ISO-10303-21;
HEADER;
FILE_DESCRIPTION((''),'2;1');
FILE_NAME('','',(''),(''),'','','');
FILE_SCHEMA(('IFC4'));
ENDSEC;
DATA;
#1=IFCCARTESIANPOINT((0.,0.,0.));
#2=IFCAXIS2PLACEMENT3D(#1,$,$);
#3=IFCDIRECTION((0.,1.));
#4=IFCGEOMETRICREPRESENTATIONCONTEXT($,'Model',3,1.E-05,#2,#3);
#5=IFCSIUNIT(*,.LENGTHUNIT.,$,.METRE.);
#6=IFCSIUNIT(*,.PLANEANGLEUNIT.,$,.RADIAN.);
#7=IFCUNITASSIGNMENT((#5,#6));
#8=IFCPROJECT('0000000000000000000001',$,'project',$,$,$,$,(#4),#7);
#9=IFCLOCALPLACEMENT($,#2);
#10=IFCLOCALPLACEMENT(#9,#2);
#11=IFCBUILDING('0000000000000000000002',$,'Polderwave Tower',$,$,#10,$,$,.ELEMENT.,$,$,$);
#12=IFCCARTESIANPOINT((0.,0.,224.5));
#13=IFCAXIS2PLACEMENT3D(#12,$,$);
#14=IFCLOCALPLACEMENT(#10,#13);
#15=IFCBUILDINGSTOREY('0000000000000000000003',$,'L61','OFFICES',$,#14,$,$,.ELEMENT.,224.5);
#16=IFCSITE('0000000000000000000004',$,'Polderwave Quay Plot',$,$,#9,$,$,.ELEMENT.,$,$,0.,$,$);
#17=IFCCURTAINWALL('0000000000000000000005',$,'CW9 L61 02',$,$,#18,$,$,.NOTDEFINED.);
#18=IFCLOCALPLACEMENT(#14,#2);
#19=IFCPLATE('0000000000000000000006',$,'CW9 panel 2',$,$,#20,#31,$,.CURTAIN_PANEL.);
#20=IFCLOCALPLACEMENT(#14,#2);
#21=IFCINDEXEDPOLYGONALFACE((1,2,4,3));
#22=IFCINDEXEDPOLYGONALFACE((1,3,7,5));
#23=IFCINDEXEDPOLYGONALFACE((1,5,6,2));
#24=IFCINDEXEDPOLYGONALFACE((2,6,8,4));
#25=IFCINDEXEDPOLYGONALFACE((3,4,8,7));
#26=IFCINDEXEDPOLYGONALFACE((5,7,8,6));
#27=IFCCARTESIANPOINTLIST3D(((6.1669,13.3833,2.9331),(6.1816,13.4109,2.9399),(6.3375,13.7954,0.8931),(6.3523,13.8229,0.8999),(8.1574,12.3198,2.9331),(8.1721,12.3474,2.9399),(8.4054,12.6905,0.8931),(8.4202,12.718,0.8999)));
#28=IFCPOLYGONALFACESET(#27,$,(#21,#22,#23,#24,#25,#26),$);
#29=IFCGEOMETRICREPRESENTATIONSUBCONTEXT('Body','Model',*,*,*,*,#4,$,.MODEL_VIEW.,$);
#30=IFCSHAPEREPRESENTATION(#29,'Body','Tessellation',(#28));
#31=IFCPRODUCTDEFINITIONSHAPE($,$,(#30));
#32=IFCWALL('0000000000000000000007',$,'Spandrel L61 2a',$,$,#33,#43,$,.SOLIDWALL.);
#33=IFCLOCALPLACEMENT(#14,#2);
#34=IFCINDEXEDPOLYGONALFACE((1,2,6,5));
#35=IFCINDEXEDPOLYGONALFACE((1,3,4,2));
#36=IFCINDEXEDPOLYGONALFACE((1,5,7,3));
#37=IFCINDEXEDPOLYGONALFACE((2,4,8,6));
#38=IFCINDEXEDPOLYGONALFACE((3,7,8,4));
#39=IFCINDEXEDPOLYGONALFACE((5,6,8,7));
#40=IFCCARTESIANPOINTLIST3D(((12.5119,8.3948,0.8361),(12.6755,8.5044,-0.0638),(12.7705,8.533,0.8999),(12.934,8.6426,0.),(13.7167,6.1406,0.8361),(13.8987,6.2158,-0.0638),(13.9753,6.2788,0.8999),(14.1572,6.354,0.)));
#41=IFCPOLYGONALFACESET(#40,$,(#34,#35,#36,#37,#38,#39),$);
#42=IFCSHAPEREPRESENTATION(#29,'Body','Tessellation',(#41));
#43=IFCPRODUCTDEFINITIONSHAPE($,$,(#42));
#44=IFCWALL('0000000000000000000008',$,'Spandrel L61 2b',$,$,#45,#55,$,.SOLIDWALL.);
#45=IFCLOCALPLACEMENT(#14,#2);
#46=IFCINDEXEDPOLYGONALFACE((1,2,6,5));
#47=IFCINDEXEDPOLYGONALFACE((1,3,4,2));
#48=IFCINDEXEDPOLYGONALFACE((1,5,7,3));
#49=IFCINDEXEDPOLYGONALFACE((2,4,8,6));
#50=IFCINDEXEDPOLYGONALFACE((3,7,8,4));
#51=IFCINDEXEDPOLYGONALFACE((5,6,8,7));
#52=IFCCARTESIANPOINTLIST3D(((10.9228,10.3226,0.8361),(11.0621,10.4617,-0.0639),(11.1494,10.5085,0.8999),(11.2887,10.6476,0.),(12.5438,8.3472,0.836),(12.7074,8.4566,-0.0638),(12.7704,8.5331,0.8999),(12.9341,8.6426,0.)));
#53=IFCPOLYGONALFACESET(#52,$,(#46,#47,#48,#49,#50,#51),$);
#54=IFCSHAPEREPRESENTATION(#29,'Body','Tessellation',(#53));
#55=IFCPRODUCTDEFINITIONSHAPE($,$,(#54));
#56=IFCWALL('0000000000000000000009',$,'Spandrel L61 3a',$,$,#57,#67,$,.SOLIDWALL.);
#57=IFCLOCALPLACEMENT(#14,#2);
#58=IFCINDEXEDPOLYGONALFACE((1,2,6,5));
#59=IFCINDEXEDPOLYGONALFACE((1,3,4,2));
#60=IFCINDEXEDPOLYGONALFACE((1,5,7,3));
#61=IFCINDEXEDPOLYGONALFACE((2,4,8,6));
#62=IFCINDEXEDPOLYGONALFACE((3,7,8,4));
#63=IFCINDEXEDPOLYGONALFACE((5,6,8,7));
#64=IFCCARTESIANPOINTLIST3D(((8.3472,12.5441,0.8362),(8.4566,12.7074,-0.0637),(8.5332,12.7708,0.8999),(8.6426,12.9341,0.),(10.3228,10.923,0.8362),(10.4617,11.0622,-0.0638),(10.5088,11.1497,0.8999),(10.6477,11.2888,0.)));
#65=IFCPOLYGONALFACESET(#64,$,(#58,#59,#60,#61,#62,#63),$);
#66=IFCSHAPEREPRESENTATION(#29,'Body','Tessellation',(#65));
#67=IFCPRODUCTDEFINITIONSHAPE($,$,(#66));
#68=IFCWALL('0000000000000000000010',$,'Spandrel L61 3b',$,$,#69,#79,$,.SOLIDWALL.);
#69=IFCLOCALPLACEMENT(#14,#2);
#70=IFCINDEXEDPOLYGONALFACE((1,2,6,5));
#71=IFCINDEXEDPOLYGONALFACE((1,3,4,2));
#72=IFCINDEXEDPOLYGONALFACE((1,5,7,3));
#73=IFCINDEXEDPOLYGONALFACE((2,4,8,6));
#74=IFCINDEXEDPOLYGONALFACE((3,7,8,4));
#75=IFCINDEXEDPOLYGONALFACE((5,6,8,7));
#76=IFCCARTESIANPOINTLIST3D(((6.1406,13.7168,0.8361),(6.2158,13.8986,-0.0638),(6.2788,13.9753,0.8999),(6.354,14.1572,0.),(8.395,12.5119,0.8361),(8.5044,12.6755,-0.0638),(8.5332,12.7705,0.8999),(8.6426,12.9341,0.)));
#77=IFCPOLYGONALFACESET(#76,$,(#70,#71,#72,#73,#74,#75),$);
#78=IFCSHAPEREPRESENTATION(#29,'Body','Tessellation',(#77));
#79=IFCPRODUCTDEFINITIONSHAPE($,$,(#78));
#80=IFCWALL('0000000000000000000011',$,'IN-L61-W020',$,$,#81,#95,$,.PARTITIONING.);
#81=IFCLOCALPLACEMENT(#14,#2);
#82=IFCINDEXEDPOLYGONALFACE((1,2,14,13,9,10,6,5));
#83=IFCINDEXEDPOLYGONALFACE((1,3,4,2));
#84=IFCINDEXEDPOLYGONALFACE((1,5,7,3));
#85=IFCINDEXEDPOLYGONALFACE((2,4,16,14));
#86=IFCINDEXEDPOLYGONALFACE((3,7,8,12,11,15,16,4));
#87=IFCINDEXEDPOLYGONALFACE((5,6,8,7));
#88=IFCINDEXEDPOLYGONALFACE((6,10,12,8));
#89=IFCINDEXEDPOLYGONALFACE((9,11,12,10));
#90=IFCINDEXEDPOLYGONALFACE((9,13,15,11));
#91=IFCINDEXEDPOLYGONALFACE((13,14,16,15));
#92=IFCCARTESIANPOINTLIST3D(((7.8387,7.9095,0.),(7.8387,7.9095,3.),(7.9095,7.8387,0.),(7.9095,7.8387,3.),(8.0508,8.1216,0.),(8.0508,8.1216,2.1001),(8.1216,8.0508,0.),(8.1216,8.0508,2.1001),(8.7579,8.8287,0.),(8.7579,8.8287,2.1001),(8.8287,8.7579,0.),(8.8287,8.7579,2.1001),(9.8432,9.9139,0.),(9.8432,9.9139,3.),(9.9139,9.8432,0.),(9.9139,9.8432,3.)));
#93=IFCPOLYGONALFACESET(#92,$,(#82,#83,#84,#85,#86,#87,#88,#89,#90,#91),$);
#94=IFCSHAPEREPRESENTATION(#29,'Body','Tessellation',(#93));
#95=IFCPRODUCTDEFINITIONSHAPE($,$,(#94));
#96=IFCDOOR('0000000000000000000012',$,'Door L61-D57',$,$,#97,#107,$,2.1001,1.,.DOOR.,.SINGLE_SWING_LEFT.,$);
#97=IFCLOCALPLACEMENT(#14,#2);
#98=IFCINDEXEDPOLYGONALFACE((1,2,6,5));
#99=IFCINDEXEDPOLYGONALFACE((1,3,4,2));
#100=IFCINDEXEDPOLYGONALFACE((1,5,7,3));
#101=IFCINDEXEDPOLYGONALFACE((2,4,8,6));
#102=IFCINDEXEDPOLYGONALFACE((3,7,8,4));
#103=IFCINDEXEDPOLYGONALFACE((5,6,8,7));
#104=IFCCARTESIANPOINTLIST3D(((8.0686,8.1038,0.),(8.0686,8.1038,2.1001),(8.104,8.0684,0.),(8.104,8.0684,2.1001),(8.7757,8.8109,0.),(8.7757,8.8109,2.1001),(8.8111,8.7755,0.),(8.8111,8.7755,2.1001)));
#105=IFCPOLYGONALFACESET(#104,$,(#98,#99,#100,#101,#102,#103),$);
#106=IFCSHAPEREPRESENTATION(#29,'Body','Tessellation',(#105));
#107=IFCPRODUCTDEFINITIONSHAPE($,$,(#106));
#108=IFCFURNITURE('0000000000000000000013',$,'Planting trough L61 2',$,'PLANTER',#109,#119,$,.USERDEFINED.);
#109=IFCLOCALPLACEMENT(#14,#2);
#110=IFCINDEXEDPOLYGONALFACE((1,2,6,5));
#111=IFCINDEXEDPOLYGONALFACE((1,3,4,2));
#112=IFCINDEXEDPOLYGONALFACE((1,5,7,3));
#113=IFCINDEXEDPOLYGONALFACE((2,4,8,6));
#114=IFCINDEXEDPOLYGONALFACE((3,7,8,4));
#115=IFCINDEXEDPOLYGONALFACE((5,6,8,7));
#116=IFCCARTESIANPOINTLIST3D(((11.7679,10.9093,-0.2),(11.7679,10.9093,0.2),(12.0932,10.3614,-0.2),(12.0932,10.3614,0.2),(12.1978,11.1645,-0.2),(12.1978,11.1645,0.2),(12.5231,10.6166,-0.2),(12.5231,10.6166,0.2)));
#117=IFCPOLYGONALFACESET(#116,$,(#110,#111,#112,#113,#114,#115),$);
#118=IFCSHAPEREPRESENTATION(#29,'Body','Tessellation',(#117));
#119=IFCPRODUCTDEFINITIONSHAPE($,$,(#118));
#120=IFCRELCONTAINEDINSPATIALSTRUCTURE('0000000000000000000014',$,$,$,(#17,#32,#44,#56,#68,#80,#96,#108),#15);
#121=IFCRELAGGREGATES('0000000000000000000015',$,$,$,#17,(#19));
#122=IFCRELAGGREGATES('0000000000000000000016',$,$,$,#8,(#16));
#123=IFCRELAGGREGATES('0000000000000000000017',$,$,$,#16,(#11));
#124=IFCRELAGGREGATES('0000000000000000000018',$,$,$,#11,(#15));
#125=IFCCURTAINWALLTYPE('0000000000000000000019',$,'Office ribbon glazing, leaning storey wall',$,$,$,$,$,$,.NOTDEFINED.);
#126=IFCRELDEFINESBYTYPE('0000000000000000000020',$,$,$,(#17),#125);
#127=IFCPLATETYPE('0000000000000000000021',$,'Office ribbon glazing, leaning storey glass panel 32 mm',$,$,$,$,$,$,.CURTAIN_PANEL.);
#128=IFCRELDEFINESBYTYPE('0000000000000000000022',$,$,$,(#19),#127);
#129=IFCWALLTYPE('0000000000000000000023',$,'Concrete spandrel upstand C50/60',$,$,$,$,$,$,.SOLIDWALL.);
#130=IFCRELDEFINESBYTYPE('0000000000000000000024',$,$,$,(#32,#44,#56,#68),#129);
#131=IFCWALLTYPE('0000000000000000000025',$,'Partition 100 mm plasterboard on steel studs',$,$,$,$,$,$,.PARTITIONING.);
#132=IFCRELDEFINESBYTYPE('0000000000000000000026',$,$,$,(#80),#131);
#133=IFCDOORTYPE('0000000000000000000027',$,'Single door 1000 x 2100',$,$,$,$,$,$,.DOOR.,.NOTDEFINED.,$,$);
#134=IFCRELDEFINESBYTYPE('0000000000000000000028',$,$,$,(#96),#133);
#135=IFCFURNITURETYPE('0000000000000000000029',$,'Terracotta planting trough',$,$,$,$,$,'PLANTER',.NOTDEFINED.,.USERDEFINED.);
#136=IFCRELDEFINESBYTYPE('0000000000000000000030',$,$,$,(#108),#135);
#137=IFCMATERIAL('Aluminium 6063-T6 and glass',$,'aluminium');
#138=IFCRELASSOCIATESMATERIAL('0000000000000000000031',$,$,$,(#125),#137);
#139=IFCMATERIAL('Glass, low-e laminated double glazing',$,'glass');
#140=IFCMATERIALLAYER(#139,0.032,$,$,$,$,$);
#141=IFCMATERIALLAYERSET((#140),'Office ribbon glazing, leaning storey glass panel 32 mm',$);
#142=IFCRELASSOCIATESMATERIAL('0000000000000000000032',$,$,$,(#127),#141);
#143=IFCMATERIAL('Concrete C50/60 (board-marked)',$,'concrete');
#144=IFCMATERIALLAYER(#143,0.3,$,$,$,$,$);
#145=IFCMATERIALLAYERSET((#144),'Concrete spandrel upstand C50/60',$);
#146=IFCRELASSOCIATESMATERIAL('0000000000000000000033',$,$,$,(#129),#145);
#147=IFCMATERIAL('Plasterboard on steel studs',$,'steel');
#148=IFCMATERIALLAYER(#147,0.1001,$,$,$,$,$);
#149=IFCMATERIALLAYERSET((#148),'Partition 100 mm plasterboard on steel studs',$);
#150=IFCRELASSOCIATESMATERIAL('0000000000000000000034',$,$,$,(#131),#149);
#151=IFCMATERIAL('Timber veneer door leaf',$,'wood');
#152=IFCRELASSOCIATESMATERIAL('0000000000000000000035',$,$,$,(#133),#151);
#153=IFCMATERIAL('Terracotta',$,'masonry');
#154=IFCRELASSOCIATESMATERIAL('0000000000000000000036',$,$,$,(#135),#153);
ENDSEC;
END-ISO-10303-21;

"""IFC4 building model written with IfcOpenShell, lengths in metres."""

from ifc_helpers import new_model, si_unit, direction, frame, frame_2d, origin, origin_2d, place, context, subcontext, project, spatial, polyline, rectangle, outline, extrude, material, layer, layer_set, type_object, element, fill, aggregate, save


model = new_model("IFC4")

# Units and contexts
model_context = context("Model", 3, precision=1e-05, world=origin(), true_north=direction((0.0, 1.0)))
body_context = subcontext(model_context, "Body", "Model", "MODEL_VIEW")
ifc_project = project(units=[si_unit("LENGTHUNIT", "METRE"), si_unit("PLANEANGLEUNIT", "RADIAN")], contexts=[model_context])

# Site, building, storey
site_placement = place(None, origin())
site = spatial("IfcSite", under=ifc_project, at=site_placement, Name="Polderwave Quay Plot", CompositionType="ELEMENT", RefElevation=0.0)
building_placement = place(site_placement, origin())
building = spatial("IfcBuilding", under=site, at=building_placement, Name="Polderwave Tower", CompositionType="ELEMENT")
storey_placement = place(building_placement, frame((0.0, 0.0, 224.5)))
storey = spatial("IfcBuildingStorey", under=building, at=storey_placement, Name="L61", Description="OFFICES", CompositionType="ELEMENT", Elevation=224.5)

# Curtain wall
ifc_material_1 = material(Name="Aluminium 6063-T6 and glass", Category="aluminium")
curtain_wall_type = type_object("IfcCurtainWallType", Name="Office ribbon glazing, leaning storey wall", PredefinedType="NOTDEFINED", material=ifc_material_1)
curtain_wall_1_placement = place(storey_placement, origin())
curtain_wall_1 = element("IfcCurtainWall", 1, at=curtain_wall_1_placement, inside=storey, type_object=curtain_wall_type, Name="CW9 L61 02", PredefinedType="NOTDEFINED")

# Plate
ifc_material_2 = material(Name="Glass, low-e laminated double glazing", Category="glass")
ifc_layer_1 = layer(ifc_material_2, 0.032)
ifc_layer_set_1 = layer_set([ifc_layer_1], Name="Office ribbon glazing, leaning storey glass panel 32 mm")
plate_type = type_object("IfcPlateType", Name="Office ribbon glazing, leaning storey glass panel 32 mm", PredefinedType="CURTAIN_PANEL", material=ifc_layer_set_1)
plate_1_placement = place(storey_placement, frame((8.4202, 12.718, 0.8999), z_axis=(0.460493, 0.861831, 0.212588), x_axis=(-0.881991, 0.471267, -0.000006)))
plate_1 = element("IfcPlate", 2, at=plate_1_placement, type_object=plate_type, Name="CW9 panel 2", PredefinedType="CURTAIN_PANEL", context=body_context, shape_type="SweptSolid", body=[
    extrude(outline(polyline([(0.0, 0.0), (2.3446, 0.0), (2.3009, 2.0878), (0.0441, 2.0877), (0.0, 0.0)])), origin(), (0.0, 0.0, -1.0), 0.032),
])
aggregate(curtain_wall_1, [plate_1])

# Walls
ifc_material_3 = material(Name="Concrete C50/60 (board-marked)", Category="concrete")
ifc_layer_2 = layer(ifc_material_3, 0.3)
ifc_layer_set_2 = layer_set([ifc_layer_2], Name="Concrete spandrel upstand C50/60")
wall_type_1 = type_object("IfcWallType", Name="Concrete spandrel upstand C50/60", PredefinedType="SOLIDWALL", material=ifc_layer_set_2)
wall_1_placement = place(storey_placement, frame((14.1572, 6.354, 0.0), z_axis=(0.861753, 0.460586, 0.212703), x_axis=(-0.471372, 0.881934, -0.000003)))
element("IfcWall", 3, at=wall_1_placement, inside=storey, type_object=wall_type_1, Name="Spandrel L61 2a", PredefinedType="SOLIDWALL", context=body_context, shape_type="SweptSolid", body=[
    extrude(outline(polyline([(0.0, 0.0), (2.5949, 0.0), (2.5754, 0.921), (0.0194, 0.921), (0.0, 0.0)])), origin(), (0.0, 0.0, -1.0), 0.3),
])
wall_2_placement = place(storey_placement, frame((12.9341, 8.6426, 0.0), z_axis=(0.755345, 0.619833, 0.212747), x_axis=(-0.634354, 0.773043, -0.000008)))
element("IfcWall", 4, at=wall_2_placement, inside=storey, type_object=wall_type_1, Name="Spandrel L61 2b", PredefinedType="SOLIDWALL", context=body_context, shape_type="SweptSolid", body=[
    extrude(outline(polyline([(0.0, 0.0), (2.5937, 0.0), (2.5746, 0.921), (0.0192, 0.921), (0.0, 0.0)])), origin(), (0.0, 0.0, -1.0), 0.3),
])
wall_3_placement = place(storey_placement, frame((10.6477, 11.2888, 0.0), z_axis=(0.619848, 0.75541, 0.212471), x_axis=(-0.773061, 0.634332, 0.000002)))
element("IfcWall", 5, at=wall_3_placement, inside=storey, type_object=wall_type_1, Name="Spandrel L61 3a", PredefinedType="SOLIDWALL", context=body_context, shape_type="SweptSolid", body=[
    extrude(outline(polyline([(0.0, 0.0), (2.5937, 0.0), (2.5747, 0.9209), (0.0191, 0.9209), (0.0, 0.0)])), origin(), (0.0, 0.0, -1.0), 0.3),
])
wall_4_placement = place(storey_placement, frame((8.6426, 12.9341, 0.0), z_axis=(0.460573, 0.861774, 0.212643), x_axis=(-0.881944, 0.471353, -0.000002)))
element("IfcWall", 6, at=wall_4_placement, inside=storey, type_object=wall_type_1, Name="Spandrel L61 3b", PredefinedType="SOLIDWALL", context=body_context, shape_type="SweptSolid", body=[
    extrude(outline(polyline([(0.0, 0.0), (2.5949, 0.0), (2.5755, 0.921), (0.0194, 0.921), (0.0, 0.0)])), origin(), (0.0, 0.0, -1.0), 0.3),
])

# Wall, opening, door
ifc_material_4 = material(Name="Plasterboard on steel studs", Category="steel")
ifc_layer_3 = layer(ifc_material_4, 0.1001)
ifc_layer_set_3 = layer_set([ifc_layer_3], Name="Partition 100 mm plasterboard on steel studs")
wall_type_2 = type_object("IfcWallType", Name="Partition 100 mm plasterboard on steel studs", PredefinedType="PARTITIONING", material=ifc_layer_set_3)
wall_5_placement = place(storey_placement, frame((7.874, 7.874, 0.0), z_axis=(0.0, 0.0, 1.0), x_axis=(0.707107, 0.707107, 0.0)))
wall_5 = element("IfcWall", 7, at=wall_5_placement, inside=storey, type_object=wall_type_2, Name="IN-L61-W020", PredefinedType="PARTITIONING", context=body_context, shape_type="SweptSolid", body=[
    extrude(rectangle(XDim=2.8347, YDim=0.1001, at=frame_2d((1.4175, 0.0))), origin(), (0.0, 0.0, 1.0), 3.0),
])
opening_placement = place(wall_5_placement, frame((0.3, 0.0, 0.0)))
opening = element("IfcOpeningElement", 8, at=opening_placement, cuts=wall_5, PredefinedType="OPENING", context=body_context, shape_type="SweptSolid", body=[
    extrude(rectangle(XDim=1.0, YDim=2.1001, at=frame_2d((0.5, 1.05))), frame((0.0, 0.0601, 0.0), z_axis=(0.0, -1.0, 0.0), x_axis=(1.0, 0.0, 0.0)), (0.0, 0.0, 1.0), 0.1201),
])
ifc_material_5 = material(Name="Timber veneer door leaf", Category="wood")
door_type = type_object("IfcDoorType", Name="Single door 1000 x 2100", OperationType="NOTDEFINED", PredefinedType="DOOR", material=ifc_material_5)
door_placement = place(opening_placement, origin())
door = element("IfcDoor", 9, at=door_placement, inside=storey, type_object=door_type, Name="Door L61-D57", OperationType="SINGLE_SWING_LEFT", OverallHeight=2.1001, OverallWidth=1.0, PredefinedType="DOOR", context=body_context, shape_type="SweptSolid", body=[
    extrude(rectangle(XDim=1.0, YDim=2.1001, at=frame_2d((0.5, 1.05))), frame((0.0, 0.0249, 0.0), z_axis=(0.0, -1.0, 0.0), x_axis=(1.0, 0.0, 0.0)), (0.0, 0.0, 1.0), 0.05),
])
fill(opening, door)

# Furniture
ifc_material_6 = material(Name="Terracotta", Category="masonry")
furniture_type = type_object("IfcFurnitureType", Name="Terracotta planting trough", ElementType="PLANTER", AssemblyPlace="NOTDEFINED", PredefinedType="USERDEFINED", material=ifc_material_6)
furniture_placement = place(storey_placement, frame((12.1455, 10.7629, -0.2), z_axis=(0.0, 0.0, 1.0), x_axis=(-0.51054, 0.859854, 0.0)))
element("IfcFurniture", 10, at=furniture_placement, inside=storey, type_object=furniture_type, Name="Planting trough L61 2", ObjectType="PLANTER", PredefinedType="USERDEFINED", context=body_context, shape_type="SweptSolid", body=[
    extrude(rectangle(XDim=0.6372, YDim=0.5, at=origin_2d()), origin(), (0.0, 0.0, 1.0), 0.3999),
])

save(model, "model.ifc")
